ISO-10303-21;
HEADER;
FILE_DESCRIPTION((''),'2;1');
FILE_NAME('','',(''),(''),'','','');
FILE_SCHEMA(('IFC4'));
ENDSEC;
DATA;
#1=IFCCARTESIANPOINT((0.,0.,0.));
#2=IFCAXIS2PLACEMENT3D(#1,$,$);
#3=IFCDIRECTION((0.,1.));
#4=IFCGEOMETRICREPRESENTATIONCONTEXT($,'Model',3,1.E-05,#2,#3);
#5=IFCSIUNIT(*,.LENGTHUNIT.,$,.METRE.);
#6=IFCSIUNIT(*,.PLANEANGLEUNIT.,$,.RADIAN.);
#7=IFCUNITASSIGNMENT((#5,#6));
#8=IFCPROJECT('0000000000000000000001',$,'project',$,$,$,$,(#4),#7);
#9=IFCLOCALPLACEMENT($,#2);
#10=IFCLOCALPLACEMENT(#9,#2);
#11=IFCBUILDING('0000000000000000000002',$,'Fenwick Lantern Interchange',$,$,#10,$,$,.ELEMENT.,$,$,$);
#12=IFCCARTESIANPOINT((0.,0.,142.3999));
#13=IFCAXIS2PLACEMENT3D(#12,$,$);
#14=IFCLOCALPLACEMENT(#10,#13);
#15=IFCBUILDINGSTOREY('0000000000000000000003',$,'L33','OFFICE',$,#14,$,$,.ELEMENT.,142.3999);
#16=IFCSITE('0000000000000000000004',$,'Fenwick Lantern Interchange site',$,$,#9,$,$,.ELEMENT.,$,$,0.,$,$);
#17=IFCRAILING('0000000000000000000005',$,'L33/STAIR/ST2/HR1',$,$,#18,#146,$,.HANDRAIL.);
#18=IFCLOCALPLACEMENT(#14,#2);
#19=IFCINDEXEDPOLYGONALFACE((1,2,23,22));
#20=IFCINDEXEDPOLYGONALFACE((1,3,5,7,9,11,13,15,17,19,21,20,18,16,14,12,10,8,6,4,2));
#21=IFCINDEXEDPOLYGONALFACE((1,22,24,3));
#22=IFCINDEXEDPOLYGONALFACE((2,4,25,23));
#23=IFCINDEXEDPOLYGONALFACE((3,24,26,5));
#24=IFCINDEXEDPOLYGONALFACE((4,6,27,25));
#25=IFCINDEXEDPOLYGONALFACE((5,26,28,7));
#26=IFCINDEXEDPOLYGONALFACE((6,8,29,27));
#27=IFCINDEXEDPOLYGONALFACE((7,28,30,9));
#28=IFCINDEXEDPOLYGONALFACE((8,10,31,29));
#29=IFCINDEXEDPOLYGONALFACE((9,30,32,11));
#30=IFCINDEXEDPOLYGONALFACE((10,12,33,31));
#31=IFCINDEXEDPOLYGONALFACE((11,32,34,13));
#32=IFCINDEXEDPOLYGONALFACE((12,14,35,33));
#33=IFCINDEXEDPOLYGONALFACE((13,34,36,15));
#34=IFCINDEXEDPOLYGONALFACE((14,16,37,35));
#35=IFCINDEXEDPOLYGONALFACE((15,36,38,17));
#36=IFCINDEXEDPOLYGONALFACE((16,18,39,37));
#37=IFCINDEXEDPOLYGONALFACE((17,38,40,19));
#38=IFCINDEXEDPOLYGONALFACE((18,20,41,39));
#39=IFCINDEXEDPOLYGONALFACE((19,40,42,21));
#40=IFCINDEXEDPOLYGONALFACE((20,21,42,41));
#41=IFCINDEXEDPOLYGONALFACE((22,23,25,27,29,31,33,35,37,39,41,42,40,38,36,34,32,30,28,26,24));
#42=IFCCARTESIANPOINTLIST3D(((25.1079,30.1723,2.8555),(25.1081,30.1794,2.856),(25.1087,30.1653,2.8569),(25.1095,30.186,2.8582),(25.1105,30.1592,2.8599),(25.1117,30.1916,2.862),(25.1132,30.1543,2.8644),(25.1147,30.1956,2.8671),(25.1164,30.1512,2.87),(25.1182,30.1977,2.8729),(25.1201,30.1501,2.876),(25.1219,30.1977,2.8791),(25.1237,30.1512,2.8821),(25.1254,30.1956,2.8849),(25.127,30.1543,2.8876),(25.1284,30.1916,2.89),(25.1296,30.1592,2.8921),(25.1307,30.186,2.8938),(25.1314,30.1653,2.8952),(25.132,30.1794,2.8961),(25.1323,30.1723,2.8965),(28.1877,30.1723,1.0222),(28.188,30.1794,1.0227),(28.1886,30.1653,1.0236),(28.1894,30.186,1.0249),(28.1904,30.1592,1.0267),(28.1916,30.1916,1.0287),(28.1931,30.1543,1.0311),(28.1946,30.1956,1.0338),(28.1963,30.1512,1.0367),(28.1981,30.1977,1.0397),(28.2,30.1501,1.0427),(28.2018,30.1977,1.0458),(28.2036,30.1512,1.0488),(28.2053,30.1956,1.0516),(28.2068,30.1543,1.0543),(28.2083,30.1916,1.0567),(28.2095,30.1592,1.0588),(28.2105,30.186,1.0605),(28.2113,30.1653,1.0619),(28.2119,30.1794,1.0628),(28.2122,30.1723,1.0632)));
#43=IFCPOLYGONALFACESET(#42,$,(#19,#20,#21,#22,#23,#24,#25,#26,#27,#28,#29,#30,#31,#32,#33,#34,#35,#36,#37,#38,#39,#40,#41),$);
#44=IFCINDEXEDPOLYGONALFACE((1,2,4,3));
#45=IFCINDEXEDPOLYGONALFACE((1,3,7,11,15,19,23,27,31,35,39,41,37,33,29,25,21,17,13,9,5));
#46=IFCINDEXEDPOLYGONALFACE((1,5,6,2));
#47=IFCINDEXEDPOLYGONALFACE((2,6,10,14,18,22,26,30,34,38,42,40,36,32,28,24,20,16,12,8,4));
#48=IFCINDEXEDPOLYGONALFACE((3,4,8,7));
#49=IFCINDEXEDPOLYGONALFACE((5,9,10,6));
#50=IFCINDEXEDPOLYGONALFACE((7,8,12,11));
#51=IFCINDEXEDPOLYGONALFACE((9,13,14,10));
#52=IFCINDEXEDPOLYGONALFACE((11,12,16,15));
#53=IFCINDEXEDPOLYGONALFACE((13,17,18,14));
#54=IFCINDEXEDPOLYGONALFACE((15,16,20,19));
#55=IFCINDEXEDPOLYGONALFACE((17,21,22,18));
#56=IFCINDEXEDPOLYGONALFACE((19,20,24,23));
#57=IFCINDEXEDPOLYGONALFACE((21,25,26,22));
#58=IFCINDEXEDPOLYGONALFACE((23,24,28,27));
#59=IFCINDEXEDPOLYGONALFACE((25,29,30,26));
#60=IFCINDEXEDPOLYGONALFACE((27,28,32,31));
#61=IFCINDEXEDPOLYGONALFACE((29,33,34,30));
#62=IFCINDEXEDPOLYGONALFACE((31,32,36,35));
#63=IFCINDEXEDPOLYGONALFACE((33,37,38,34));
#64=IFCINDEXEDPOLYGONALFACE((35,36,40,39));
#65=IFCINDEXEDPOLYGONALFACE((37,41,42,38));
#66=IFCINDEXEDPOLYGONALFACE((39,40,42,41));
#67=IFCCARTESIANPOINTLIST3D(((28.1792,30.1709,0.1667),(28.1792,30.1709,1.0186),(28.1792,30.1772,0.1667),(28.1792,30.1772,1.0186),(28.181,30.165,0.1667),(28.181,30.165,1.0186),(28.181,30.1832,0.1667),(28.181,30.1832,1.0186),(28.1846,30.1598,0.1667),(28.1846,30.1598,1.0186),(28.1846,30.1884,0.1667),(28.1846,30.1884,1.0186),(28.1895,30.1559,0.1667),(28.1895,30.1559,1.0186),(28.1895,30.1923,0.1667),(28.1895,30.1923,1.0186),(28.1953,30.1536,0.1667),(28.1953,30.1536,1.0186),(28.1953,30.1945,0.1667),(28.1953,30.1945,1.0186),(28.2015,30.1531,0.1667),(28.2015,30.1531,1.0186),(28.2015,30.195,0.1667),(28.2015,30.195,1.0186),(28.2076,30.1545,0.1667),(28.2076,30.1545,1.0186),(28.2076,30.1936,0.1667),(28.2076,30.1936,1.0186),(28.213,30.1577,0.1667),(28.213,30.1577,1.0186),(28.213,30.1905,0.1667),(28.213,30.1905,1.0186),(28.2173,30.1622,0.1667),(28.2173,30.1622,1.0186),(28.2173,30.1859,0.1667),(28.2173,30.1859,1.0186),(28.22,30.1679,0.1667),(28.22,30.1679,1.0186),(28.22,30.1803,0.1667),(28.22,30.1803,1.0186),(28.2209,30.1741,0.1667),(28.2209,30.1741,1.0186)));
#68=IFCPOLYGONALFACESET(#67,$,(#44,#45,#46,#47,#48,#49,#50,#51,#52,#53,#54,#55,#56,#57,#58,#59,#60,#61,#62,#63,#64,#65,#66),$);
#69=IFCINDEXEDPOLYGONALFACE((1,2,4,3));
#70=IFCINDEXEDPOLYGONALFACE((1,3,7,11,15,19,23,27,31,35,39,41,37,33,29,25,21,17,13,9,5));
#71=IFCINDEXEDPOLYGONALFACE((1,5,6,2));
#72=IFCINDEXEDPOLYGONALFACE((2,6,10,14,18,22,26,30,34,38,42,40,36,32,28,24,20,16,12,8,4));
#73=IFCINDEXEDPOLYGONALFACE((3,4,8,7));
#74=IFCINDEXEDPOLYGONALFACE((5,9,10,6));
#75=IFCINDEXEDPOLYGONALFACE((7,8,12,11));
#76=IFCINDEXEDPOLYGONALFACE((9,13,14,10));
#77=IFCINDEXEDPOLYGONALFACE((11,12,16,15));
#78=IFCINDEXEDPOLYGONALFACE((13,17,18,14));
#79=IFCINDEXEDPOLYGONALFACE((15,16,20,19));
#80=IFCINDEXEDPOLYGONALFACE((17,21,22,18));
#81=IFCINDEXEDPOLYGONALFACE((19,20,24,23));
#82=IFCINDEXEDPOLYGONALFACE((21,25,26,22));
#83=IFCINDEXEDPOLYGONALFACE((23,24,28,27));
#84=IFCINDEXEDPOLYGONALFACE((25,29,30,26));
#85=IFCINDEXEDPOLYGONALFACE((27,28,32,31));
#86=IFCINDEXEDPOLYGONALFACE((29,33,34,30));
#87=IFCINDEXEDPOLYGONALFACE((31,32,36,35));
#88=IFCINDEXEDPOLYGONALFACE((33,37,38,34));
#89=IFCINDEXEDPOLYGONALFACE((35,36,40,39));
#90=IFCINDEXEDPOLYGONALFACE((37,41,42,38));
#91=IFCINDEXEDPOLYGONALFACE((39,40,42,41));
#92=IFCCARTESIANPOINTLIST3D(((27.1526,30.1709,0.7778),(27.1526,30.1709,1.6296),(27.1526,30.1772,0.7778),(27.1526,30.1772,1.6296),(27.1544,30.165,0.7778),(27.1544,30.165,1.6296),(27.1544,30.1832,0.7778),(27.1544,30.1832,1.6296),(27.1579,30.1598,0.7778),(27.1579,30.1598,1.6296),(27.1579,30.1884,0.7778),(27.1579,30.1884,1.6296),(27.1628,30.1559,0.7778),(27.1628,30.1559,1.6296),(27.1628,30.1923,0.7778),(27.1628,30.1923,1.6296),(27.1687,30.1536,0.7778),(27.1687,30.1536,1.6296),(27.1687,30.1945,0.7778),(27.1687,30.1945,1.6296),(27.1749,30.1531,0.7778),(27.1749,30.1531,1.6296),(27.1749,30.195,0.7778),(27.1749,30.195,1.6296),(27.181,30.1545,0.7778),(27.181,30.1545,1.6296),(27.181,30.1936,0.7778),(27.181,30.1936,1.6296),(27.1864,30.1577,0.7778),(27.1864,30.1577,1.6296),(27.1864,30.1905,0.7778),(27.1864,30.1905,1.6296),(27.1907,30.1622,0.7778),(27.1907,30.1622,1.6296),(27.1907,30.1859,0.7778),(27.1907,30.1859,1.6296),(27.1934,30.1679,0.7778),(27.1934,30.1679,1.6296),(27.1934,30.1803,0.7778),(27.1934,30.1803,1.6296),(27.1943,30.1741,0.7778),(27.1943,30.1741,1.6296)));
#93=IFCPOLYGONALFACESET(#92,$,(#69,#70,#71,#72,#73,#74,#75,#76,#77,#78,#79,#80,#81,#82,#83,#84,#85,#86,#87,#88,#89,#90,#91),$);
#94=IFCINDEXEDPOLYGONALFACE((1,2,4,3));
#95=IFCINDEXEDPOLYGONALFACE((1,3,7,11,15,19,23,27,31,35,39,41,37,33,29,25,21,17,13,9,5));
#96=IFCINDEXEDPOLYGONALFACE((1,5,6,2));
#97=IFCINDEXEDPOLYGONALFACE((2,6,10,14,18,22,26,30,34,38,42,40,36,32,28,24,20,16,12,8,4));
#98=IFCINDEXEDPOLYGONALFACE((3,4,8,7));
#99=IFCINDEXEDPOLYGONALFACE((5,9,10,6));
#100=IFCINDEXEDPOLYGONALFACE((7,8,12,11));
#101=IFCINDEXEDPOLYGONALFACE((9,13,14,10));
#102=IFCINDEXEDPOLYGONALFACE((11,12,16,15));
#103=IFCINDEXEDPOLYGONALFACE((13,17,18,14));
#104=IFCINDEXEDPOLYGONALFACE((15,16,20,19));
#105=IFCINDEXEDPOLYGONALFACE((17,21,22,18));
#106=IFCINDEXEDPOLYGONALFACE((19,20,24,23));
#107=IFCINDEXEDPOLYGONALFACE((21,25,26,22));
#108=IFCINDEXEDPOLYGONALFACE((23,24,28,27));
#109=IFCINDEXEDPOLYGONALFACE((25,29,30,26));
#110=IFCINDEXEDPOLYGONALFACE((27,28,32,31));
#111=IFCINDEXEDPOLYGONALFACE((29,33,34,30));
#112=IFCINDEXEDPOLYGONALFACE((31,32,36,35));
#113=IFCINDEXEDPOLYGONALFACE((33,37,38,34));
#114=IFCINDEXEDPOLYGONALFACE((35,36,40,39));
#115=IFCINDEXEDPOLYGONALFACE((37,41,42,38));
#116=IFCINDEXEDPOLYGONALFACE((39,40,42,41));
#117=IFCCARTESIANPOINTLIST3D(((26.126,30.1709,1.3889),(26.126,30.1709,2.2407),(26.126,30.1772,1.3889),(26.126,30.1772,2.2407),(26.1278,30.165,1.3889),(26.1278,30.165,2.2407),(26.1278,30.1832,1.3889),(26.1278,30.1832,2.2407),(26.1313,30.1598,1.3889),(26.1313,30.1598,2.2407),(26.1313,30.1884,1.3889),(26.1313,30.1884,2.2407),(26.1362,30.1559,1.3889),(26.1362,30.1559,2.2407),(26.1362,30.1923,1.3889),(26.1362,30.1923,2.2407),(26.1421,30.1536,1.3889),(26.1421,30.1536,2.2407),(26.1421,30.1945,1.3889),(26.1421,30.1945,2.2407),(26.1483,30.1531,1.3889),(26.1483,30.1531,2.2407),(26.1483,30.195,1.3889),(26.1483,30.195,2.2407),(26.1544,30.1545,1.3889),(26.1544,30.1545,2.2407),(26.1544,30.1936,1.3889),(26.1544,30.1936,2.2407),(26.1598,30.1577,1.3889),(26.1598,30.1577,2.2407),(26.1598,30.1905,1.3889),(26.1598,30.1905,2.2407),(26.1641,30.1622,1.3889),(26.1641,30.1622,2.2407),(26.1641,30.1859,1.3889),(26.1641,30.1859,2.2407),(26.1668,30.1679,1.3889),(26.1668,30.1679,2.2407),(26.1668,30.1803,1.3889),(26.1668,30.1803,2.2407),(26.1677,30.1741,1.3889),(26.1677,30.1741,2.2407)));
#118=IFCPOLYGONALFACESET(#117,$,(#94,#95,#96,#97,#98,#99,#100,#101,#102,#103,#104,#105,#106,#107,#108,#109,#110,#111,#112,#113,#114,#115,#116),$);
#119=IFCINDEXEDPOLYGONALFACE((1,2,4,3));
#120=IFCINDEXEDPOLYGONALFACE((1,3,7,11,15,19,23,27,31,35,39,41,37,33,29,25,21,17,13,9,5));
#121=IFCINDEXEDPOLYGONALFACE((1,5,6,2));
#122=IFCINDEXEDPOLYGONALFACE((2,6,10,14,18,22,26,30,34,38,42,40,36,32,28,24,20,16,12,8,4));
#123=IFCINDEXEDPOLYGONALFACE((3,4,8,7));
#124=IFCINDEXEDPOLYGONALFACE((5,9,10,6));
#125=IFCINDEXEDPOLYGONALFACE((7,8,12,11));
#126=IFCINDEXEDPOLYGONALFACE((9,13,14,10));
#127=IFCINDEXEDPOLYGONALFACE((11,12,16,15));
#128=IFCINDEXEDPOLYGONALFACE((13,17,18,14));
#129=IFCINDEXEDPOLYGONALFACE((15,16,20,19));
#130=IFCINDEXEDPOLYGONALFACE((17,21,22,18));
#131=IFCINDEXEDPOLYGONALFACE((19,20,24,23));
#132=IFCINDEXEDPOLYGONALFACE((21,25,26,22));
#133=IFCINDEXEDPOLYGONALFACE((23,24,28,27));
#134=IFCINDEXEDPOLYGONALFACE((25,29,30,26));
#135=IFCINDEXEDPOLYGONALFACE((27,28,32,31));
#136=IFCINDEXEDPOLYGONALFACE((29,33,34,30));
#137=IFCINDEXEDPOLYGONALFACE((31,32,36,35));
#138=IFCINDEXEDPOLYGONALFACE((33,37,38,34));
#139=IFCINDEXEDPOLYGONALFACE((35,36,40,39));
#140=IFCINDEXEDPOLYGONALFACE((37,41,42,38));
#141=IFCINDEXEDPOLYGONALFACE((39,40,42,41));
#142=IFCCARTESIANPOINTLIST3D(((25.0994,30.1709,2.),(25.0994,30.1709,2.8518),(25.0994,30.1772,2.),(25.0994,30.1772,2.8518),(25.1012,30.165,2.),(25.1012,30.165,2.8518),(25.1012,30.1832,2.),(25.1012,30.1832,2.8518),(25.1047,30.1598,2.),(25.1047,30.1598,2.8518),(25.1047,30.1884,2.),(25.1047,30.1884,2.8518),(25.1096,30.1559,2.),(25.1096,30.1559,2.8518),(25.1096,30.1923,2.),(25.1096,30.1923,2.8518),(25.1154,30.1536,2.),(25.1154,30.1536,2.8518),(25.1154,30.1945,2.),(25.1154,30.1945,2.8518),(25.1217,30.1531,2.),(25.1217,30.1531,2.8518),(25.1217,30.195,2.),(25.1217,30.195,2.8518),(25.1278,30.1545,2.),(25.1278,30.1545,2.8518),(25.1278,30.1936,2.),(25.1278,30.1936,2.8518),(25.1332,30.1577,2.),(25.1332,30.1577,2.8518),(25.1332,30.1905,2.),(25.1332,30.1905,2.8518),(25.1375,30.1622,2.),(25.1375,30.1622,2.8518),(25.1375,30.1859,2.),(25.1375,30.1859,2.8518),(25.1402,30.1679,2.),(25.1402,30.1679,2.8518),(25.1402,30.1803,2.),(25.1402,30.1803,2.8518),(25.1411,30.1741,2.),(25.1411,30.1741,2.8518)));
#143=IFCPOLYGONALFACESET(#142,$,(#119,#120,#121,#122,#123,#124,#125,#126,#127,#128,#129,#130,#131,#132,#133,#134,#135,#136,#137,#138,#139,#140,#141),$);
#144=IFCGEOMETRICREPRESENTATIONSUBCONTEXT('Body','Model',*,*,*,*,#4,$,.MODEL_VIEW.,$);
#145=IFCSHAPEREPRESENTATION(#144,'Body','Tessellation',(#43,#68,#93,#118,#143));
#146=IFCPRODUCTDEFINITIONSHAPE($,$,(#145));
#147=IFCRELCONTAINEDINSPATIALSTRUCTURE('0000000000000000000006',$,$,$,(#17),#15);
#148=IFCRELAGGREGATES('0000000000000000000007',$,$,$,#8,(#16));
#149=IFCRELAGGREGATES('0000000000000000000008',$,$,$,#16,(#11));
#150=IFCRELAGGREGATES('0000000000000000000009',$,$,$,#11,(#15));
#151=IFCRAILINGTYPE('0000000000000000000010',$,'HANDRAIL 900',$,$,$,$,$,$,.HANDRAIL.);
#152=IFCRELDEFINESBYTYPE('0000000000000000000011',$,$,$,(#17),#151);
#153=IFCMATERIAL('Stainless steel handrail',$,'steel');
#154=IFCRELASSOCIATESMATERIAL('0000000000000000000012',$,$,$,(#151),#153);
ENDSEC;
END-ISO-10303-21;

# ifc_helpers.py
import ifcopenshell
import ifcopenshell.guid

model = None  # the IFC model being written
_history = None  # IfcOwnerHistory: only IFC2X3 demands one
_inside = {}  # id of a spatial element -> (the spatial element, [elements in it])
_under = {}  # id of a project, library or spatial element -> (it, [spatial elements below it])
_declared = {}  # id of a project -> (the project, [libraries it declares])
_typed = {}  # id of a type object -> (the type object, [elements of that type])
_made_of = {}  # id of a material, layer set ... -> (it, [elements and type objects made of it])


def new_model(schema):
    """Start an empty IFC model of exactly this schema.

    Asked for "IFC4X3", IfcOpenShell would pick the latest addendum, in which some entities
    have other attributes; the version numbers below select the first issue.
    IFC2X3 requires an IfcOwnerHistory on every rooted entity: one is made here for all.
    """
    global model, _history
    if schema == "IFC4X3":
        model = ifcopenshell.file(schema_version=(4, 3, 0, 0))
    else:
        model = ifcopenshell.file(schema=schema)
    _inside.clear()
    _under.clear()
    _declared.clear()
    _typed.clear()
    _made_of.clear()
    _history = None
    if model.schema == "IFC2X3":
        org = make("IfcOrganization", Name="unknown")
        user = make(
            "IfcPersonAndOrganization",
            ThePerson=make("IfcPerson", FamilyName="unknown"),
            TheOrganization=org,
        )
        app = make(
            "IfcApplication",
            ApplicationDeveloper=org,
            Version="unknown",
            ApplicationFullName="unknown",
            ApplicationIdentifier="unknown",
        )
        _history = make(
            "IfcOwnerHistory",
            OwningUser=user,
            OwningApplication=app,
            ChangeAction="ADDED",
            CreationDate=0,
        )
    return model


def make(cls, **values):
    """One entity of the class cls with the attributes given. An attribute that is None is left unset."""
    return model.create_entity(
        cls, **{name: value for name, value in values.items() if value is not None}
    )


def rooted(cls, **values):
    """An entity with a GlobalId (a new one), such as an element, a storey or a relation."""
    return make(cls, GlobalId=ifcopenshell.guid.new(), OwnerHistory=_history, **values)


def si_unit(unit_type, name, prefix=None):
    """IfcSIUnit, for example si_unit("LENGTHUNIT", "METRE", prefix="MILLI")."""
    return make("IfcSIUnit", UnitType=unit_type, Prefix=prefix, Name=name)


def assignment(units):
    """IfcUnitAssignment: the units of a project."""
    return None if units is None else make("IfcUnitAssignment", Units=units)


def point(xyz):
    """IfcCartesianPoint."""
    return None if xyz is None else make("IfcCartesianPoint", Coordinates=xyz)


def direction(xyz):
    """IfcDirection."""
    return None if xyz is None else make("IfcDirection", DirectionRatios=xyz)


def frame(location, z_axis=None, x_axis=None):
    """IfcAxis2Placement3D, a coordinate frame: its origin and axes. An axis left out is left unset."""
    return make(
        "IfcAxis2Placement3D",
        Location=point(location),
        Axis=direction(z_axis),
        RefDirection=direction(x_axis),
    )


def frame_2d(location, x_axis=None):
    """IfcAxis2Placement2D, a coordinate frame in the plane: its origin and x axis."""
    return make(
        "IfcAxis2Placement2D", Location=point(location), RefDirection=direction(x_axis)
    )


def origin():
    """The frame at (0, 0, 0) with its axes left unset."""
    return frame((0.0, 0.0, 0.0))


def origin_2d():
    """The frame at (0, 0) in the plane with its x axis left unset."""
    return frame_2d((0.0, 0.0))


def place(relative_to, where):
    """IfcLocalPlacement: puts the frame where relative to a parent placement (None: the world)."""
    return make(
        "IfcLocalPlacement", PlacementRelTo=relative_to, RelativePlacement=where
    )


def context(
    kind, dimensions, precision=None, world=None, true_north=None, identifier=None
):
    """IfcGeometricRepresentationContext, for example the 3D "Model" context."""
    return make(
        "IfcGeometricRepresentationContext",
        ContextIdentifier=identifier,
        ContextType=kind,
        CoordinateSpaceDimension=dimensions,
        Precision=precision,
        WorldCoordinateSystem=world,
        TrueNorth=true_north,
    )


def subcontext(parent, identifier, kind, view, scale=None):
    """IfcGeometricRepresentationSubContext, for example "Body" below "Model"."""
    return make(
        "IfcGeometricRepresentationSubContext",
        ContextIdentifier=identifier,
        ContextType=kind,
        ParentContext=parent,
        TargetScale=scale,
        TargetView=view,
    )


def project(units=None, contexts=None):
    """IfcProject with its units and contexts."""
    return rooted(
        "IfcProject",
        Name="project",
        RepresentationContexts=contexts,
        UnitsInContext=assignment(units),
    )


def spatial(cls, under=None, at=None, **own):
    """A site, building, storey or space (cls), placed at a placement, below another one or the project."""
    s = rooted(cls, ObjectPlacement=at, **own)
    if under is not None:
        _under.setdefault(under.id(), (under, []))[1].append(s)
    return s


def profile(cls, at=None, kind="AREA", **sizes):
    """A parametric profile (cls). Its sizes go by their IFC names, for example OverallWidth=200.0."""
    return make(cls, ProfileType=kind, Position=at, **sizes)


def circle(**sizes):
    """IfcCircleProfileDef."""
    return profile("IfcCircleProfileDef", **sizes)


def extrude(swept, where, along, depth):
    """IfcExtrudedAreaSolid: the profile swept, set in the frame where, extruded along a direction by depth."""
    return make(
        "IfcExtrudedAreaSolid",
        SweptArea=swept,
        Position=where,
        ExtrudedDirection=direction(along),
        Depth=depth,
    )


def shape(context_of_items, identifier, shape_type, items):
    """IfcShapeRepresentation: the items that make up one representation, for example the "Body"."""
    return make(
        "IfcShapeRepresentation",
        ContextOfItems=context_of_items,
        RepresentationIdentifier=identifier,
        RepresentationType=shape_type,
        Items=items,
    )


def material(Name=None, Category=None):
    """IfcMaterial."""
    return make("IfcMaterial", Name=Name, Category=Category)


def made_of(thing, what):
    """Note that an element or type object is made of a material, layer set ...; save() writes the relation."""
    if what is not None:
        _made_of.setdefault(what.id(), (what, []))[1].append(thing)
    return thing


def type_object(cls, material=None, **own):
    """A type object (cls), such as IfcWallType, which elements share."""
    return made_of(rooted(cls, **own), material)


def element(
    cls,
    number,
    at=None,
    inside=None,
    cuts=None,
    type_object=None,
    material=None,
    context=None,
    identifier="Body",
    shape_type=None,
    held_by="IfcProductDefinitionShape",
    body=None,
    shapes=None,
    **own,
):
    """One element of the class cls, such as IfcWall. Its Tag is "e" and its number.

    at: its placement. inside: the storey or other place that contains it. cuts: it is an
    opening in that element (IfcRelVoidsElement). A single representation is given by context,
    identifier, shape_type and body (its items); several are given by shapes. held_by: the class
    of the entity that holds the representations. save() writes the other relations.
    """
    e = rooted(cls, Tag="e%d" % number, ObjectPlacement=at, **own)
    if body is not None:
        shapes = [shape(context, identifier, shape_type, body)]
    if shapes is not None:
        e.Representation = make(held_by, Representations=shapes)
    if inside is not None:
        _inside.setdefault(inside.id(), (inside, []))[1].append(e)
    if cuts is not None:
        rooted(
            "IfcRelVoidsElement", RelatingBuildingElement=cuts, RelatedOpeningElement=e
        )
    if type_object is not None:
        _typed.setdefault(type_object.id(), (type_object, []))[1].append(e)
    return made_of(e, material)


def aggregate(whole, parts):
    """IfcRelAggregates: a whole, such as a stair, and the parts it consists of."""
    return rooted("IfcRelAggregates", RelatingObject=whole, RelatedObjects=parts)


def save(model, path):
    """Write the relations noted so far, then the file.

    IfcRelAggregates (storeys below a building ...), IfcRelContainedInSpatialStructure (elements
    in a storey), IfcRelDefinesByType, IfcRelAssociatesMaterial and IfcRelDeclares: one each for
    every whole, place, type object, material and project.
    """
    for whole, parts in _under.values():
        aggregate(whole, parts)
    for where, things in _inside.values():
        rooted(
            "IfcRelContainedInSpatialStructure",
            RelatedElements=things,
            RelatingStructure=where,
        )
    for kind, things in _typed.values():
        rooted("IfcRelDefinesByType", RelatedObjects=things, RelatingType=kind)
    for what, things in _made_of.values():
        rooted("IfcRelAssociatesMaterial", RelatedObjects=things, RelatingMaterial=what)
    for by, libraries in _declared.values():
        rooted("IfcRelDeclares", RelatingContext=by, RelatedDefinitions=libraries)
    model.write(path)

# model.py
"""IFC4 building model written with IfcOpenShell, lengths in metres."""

from ifc_helpers import new_model, si_unit, direction, frame, origin, origin_2d, place, context, subcontext, project, spatial, circle, extrude, material, type_object, element, save


model = new_model("IFC4")

# Units and contexts
model_context = context("Model", 3, precision=1e-05, world=origin(), true_north=direction((0.0, 1.0)))
body_context = subcontext(model_context, "Body", "Model", "MODEL_VIEW")
ifc_project = project(units=[si_unit("LENGTHUNIT", "METRE"), si_unit("PLANEANGLEUNIT", "RADIAN")], contexts=[model_context])

# Site, building, storey
site_placement = place(None, origin())
site = spatial("IfcSite", under=ifc_project, at=site_placement, Name="Fenwick Lantern Interchange site", CompositionType="ELEMENT", RefElevation=0.0)
building_placement = place(site_placement, origin())
building = spatial("IfcBuilding", under=site, at=building_placement, Name="Fenwick Lantern Interchange", CompositionType="ELEMENT")
storey_placement = place(building_placement, frame((0.0, 0.0, 142.3999)))
storey = spatial("IfcBuildingStorey", under=building, at=storey_placement, Name="L33", Description="OFFICE", CompositionType="ELEMENT", Elevation=142.3999)

# Railing
ifc_material_1 = material(Name="Stainless steel handrail", Category="steel")
railing_type = type_object("IfcRailingType", Name="HANDRAIL 900", PredefinedType="HANDRAIL", material=ifc_material_1)
railing_1_placement = place(storey_placement, frame((28.2, 30.1741, 0.1667)))
element("IfcRailing", 1, at=railing_1_placement, inside=storey, type_object=railing_type, Name="L33/STAIR/ST2/HR1", PredefinedType="HANDRAIL", context=body_context, shape_type="SweptSolid", body=[
    extrude(circle(Radius=0.0239, at=origin_2d()), frame((0.0, 0.0, 0.876), z_axis=(-0.859291, 0.0, 0.511487), x_axis=(0.0, -1.0, 0.0)), (0.0, 0.0, 1.0), 3.5842),
    extrude(circle(Radius=0.021, at=origin_2d()), origin(), (0.0, 0.0, 1.0), 0.8518),
    extrude(circle(Radius=0.021, at=origin_2d()), frame((-1.0266, 0.0, 0.6111)), (0.0, 0.0, 1.0), 0.8518),
    extrude(circle(Radius=0.021, at=origin_2d()), frame((-2.0532, 0.0, 1.2222)), (0.0, 0.0, 1.0), 0.8518),
    extrude(circle(Radius=0.021, at=origin_2d()), frame((-3.0798, 0.0, 1.8333)), (0.0, 0.0, 1.0), 0.8518),
])

save(model, "model.ifc")
